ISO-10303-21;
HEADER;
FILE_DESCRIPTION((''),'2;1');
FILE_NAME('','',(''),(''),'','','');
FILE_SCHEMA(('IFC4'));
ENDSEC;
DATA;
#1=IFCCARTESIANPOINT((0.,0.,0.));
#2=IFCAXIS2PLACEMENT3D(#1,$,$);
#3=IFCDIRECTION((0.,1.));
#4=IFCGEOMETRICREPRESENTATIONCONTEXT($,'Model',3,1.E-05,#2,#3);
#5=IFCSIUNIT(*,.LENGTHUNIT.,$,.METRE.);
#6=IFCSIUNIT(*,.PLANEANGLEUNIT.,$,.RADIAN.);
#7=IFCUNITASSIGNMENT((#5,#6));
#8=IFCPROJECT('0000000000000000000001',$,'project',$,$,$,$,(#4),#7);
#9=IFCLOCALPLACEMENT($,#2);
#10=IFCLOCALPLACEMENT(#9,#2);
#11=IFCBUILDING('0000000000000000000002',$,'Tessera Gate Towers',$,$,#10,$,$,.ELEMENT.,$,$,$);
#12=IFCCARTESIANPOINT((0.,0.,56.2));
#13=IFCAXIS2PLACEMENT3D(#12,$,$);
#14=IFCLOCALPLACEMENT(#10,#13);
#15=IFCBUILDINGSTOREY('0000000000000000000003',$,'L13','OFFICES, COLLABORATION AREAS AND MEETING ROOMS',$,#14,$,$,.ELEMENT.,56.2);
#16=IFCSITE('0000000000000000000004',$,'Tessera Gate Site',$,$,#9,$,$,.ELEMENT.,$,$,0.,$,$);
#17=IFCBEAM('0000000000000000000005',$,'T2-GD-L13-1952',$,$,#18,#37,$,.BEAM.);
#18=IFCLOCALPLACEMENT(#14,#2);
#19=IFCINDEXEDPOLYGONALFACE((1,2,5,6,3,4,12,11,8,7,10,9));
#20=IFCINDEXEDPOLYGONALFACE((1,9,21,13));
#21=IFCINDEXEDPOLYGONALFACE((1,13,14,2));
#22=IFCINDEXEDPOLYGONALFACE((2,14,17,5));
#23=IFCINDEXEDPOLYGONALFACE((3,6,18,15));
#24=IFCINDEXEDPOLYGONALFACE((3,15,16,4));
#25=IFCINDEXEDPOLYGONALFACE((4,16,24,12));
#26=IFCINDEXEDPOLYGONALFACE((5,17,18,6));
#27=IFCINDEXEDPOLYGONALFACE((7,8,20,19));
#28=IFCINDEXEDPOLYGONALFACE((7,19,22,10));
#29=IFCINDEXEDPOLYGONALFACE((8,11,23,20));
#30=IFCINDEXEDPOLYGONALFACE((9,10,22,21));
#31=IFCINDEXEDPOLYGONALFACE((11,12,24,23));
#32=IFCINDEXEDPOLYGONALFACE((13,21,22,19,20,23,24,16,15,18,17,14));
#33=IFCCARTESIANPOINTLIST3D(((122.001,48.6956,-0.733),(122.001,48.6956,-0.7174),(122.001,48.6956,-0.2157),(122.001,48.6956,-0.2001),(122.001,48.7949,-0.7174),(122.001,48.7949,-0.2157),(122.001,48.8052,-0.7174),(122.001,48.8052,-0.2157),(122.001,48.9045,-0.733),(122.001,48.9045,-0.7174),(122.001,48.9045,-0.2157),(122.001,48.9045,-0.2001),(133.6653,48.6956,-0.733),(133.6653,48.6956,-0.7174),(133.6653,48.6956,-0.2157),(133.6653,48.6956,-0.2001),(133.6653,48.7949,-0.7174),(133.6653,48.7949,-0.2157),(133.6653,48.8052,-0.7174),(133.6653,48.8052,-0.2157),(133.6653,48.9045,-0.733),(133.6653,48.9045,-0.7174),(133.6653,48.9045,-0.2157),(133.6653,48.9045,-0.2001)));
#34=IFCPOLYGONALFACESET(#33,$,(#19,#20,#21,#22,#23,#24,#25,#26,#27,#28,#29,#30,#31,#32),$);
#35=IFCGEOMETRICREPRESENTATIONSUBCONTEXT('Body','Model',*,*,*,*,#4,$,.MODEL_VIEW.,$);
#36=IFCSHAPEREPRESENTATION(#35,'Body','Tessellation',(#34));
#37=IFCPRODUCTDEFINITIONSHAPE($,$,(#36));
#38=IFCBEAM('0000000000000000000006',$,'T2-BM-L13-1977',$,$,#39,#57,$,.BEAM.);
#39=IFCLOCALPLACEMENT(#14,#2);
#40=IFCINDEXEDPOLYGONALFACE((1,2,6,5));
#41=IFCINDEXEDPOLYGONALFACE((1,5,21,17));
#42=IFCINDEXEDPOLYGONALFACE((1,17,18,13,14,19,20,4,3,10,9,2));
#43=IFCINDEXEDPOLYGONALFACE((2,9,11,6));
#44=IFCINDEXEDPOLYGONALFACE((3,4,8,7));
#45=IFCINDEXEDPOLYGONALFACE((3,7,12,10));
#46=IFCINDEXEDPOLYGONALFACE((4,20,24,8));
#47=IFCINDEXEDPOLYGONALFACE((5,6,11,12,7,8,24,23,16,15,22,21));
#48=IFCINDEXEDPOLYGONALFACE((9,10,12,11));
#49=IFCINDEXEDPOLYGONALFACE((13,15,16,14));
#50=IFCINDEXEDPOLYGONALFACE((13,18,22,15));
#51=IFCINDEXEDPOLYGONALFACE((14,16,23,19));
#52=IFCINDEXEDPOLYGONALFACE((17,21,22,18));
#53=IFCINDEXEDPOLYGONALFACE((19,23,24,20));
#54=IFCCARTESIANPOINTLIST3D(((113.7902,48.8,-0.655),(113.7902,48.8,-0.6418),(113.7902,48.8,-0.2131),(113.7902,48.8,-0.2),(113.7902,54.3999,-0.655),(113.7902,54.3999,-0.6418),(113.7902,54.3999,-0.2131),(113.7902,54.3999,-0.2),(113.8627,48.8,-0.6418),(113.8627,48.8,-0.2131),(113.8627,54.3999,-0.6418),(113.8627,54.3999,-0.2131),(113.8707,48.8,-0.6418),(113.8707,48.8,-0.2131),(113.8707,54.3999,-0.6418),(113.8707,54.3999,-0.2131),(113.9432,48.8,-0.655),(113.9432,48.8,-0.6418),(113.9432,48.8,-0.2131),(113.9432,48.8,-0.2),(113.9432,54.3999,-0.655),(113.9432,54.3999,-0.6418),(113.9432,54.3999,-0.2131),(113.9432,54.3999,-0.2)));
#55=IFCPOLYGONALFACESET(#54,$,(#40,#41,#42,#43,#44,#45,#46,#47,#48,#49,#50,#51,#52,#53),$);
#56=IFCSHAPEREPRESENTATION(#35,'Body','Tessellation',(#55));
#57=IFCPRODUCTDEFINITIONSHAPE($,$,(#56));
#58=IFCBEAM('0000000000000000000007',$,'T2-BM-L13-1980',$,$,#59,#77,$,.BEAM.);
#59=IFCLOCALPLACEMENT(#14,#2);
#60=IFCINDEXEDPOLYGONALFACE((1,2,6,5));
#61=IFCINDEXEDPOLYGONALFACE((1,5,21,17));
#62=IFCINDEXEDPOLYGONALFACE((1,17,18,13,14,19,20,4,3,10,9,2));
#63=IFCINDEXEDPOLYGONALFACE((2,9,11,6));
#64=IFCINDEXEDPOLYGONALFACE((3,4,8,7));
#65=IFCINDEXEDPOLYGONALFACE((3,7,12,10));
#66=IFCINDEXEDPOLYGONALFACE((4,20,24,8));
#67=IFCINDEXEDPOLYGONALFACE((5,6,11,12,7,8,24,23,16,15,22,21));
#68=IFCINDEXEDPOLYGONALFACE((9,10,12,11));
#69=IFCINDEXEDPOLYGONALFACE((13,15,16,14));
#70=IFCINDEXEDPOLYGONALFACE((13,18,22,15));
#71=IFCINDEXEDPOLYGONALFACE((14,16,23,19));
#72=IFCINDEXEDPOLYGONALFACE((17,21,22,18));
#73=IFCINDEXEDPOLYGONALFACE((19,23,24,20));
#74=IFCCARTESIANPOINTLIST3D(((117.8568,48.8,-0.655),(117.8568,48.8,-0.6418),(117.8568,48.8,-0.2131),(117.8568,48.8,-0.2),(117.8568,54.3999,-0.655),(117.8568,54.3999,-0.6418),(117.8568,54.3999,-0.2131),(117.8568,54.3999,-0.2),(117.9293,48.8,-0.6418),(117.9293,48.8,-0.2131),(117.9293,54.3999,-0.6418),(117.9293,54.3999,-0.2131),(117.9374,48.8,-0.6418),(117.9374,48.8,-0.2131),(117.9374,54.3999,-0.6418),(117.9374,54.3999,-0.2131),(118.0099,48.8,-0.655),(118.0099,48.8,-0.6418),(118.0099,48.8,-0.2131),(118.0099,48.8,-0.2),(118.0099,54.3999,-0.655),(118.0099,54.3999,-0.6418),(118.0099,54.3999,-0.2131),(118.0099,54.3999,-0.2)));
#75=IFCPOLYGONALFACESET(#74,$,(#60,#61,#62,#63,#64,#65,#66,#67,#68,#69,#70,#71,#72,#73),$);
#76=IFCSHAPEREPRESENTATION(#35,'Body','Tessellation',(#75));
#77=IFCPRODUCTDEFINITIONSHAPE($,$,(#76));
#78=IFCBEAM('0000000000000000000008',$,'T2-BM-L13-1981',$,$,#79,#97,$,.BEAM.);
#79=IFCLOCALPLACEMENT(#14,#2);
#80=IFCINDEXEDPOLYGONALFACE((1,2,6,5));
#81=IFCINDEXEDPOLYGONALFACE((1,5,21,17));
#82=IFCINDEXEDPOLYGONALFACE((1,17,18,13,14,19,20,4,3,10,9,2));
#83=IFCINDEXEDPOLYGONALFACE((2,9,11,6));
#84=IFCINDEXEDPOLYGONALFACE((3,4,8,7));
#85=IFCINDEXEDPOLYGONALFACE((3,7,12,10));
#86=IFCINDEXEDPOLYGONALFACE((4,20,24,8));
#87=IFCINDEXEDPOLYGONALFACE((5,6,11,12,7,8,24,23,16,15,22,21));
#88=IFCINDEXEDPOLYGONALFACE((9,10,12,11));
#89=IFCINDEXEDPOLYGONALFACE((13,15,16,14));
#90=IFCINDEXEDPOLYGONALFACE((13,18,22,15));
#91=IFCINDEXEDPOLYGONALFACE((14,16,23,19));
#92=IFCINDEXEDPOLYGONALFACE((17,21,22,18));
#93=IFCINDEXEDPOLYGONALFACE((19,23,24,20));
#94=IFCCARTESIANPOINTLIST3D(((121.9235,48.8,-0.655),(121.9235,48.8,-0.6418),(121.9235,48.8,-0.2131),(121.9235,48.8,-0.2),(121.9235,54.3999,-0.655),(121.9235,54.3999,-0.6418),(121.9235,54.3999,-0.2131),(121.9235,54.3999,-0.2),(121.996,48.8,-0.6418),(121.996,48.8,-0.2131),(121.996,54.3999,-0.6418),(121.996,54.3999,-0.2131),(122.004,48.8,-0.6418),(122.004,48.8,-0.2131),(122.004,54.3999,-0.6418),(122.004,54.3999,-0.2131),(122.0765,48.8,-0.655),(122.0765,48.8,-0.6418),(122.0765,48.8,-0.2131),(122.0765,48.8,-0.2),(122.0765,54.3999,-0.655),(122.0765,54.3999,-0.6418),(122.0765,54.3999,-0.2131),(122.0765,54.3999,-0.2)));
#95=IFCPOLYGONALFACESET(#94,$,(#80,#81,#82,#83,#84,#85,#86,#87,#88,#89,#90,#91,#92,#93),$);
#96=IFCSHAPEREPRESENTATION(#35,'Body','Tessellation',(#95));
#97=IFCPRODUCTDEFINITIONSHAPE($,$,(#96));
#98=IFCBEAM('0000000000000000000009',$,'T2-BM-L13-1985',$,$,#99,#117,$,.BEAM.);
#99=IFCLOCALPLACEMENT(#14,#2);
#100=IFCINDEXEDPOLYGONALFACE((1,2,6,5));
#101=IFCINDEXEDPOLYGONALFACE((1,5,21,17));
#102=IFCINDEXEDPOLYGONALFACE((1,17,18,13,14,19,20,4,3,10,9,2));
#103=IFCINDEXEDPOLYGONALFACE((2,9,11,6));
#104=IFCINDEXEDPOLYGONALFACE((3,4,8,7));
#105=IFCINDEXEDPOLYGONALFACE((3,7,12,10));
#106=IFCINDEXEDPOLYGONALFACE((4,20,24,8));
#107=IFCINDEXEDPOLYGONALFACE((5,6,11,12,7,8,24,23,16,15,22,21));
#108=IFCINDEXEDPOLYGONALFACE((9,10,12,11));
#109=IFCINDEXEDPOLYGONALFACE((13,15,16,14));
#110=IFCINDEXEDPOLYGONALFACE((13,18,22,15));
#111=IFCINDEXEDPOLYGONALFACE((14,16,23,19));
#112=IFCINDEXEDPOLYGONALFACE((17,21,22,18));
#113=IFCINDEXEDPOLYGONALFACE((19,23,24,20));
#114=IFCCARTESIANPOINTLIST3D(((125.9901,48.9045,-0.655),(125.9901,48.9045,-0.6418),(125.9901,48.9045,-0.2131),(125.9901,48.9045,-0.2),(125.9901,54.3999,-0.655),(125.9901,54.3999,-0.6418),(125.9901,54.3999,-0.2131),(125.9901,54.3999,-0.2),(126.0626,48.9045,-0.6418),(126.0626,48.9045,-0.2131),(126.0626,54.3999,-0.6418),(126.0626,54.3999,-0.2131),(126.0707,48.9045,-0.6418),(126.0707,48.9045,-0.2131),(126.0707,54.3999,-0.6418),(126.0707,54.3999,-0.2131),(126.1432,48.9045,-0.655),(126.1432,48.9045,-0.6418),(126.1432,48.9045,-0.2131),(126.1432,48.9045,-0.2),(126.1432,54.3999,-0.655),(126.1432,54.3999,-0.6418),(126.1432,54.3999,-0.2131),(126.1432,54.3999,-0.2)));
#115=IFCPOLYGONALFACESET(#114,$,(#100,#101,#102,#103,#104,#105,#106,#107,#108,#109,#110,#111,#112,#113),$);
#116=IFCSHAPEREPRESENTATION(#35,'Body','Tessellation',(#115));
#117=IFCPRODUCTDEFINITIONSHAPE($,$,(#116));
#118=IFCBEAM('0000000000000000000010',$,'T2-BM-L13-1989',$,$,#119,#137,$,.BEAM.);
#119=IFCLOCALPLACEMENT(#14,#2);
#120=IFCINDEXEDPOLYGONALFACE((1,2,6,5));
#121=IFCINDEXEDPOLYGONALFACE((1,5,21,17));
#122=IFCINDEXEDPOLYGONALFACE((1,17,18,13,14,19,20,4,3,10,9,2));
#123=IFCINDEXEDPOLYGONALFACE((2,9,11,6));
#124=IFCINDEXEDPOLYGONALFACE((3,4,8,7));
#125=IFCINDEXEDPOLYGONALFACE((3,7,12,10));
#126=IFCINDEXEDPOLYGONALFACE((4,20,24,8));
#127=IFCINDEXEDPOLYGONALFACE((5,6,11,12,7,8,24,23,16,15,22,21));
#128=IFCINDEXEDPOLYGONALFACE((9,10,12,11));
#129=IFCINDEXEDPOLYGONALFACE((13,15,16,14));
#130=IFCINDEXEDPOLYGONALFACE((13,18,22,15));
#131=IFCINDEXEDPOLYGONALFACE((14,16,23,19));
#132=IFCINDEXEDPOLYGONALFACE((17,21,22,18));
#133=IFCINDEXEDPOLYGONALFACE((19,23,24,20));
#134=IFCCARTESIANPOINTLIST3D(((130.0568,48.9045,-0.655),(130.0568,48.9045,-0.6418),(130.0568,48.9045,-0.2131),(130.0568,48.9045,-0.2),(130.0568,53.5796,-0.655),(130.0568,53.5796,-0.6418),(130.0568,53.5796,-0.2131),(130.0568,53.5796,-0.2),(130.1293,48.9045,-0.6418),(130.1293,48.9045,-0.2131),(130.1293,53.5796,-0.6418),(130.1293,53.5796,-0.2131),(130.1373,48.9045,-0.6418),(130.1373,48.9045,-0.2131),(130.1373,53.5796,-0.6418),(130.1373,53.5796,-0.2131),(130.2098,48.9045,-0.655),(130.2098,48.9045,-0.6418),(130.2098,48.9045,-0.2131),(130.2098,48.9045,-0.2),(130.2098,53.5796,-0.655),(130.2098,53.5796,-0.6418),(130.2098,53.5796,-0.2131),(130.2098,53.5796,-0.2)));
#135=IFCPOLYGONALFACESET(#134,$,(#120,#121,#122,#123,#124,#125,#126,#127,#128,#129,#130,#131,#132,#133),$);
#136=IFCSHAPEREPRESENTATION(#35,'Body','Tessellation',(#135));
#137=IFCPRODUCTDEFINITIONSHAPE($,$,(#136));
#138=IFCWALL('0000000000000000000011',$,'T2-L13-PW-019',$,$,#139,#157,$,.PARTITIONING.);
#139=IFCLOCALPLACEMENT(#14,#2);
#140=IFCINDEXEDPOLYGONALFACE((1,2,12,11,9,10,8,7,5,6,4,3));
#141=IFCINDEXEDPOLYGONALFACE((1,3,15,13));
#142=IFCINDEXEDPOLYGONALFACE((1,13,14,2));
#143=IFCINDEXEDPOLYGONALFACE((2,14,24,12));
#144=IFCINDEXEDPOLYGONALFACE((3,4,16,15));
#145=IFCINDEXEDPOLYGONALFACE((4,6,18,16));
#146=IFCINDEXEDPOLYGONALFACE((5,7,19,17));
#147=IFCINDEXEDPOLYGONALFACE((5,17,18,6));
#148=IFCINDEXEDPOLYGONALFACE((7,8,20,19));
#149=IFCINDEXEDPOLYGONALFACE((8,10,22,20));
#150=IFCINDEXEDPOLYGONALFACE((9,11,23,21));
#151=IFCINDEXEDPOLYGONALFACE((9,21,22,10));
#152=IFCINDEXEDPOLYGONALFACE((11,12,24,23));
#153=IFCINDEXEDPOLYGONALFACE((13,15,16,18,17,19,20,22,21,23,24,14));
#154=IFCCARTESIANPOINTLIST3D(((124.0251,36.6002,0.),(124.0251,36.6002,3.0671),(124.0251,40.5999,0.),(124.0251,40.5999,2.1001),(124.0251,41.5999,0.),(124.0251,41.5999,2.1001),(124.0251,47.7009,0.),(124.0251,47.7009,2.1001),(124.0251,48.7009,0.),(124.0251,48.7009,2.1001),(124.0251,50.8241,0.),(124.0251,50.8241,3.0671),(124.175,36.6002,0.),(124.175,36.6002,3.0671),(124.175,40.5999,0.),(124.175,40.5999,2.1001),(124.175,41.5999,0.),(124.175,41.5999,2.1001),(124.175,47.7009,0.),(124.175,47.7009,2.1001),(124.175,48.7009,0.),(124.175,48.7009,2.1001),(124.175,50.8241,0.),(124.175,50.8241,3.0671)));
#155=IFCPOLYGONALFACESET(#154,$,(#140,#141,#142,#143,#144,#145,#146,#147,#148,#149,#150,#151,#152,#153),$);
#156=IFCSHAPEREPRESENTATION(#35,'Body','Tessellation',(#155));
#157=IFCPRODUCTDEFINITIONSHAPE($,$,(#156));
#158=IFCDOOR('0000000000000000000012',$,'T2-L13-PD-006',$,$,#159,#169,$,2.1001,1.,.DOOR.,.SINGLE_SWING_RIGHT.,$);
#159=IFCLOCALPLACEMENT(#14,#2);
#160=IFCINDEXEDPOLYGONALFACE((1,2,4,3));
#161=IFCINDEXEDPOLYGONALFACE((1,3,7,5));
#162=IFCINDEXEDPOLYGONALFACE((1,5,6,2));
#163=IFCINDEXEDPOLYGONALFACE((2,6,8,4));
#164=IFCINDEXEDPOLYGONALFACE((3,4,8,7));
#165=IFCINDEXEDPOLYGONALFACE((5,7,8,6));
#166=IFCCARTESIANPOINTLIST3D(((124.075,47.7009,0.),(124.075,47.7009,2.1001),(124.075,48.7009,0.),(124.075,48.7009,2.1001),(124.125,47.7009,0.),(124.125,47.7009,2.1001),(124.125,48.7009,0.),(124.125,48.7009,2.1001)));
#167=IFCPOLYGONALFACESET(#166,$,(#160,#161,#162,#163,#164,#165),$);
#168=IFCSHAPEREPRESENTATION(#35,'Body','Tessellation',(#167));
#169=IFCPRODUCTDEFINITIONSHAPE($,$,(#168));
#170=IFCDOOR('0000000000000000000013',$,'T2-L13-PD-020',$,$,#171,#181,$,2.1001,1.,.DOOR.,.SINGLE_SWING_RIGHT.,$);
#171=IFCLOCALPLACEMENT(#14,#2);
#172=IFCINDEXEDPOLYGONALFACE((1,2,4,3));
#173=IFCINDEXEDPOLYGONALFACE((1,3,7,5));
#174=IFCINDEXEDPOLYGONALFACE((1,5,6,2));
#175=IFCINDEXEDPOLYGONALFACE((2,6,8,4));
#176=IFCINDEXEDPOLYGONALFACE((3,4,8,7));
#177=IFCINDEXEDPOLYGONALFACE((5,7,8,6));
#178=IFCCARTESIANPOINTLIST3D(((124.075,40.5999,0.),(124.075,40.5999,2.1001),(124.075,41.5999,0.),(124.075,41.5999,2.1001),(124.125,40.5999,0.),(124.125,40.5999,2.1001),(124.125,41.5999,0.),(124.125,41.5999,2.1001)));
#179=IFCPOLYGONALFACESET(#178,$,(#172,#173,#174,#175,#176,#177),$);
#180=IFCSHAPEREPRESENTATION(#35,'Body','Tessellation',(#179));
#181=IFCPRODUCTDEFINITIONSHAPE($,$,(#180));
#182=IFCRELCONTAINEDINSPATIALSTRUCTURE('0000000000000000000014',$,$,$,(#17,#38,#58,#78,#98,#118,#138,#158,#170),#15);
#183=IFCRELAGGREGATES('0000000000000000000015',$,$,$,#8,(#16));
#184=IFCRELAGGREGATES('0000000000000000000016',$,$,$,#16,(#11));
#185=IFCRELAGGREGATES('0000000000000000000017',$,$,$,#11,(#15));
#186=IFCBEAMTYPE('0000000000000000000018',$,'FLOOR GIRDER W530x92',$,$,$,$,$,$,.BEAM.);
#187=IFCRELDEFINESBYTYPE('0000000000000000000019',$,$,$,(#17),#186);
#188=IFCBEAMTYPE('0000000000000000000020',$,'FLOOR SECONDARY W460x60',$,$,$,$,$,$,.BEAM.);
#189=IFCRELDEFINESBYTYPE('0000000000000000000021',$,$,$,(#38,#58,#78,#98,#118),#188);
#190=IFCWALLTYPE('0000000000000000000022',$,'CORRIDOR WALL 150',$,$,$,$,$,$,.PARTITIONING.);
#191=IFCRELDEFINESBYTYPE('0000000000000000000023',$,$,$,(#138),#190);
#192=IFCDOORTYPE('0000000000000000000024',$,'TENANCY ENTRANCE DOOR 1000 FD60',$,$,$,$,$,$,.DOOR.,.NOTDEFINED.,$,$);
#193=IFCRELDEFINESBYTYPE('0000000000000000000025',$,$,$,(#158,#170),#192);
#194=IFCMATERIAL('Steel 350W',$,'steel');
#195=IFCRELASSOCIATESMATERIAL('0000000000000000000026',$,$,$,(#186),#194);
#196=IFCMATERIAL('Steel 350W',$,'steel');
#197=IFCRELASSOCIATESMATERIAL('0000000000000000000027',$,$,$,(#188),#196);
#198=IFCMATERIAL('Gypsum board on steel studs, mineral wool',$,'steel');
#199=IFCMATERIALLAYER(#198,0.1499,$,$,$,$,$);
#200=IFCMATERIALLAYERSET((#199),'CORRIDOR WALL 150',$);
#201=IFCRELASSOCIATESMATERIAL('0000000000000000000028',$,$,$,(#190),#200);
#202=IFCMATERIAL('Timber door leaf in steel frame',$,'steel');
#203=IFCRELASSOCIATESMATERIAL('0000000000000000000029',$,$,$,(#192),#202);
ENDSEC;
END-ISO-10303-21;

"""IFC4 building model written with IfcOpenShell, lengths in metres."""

from ifc_helpers import new_model, si_unit, direction, frame, frame_2d, origin, origin_2d, place, context, subcontext, project, spatial, rectangle, i_section, extrude, source, transform, mapped, material, layer, layer_set, material_profile, profile_set, type_object, element, fill, save


model = new_model("IFC4")

# Units and contexts
model_context = context("Model", 3, precision=1e-05, world=origin(), true_north=direction((0.0, 1.0)))
body_context = subcontext(model_context, "Body", "Model", "MODEL_VIEW")
ifc_project = project(units=[si_unit("LENGTHUNIT", "METRE"), si_unit("PLANEANGLEUNIT", "RADIAN")], contexts=[model_context])

# Site, building, storey
site_placement = place(None, origin())
site = spatial("IfcSite", under=ifc_project, at=site_placement, Name="Tessera Gate Site", CompositionType="ELEMENT", RefElevation=0.0)
building_placement = place(site_placement, origin())
building = spatial("IfcBuilding", under=site, at=building_placement, Name="Tessera Gate Towers", CompositionType="ELEMENT")
storey_placement = place(building_placement, frame((0.0, 0.0, 56.2)))
storey = spatial("IfcBuildingStorey", under=building, at=storey_placement, Name="L13", Description="OFFICES, COLLABORATION AREAS AND MEETING ROOMS", CompositionType="ELEMENT", Elevation=56.2)

# Beams
ifc_material_1 = material(Name="Steel 350W", Category="steel")
ifc_material_profile_1 = material_profile(ifc_material_1, i_section(OverallWidth=0.209, OverallDepth=0.533, WebThickness=0.0103, FlangeThickness=0.0156, at=origin_2d()), Name="W530x92")
ifc_profile_set_1 = profile_set([ifc_material_profile_1], Name="Steel 350W")
beam_type_1 = type_object("IfcBeamType", Name="FLOOR GIRDER W530x92", PredefinedType="BEAM", material=ifc_profile_set_1)
beam_1_placement = place(storey_placement, frame((122.001, 48.8, -0.4666), z_axis=(1.0, 0.0, 0.0), x_axis=(0.0, 1.0, 0.0)))
element("IfcBeam", 1, at=beam_1_placement, inside=storey, type_object=beam_type_1, Name="T2-GD-L13-1952", PredefinedType="BEAM", context=body_context, shape_type="SweptSolid", body=[
    extrude(i_section(OverallWidth=0.209, OverallDepth=0.533, WebThickness=0.0103, FlangeThickness=0.0156, at=origin_2d()), origin(), (0.0, 0.0, 1.0), 11.6643),
])
ifc_material_2 = material(Name="Steel 350W", Category="steel")
ifc_material_profile_2 = material_profile(ifc_material_2, i_section(OverallWidth=0.1531, OverallDepth=0.4551, WebThickness=0.0081, FlangeThickness=0.0132, at=origin_2d()), Name="W460x60")
ifc_profile_set_2 = profile_set([ifc_material_profile_2], Name="Steel 350W")
beam_type_2 = type_object("IfcBeamType", Name="FLOOR SECONDARY W460x60", PredefinedType="BEAM", material=ifc_profile_set_2)
for number, where, z_axis, x_axis, name in (
    (2, (113.8667, 48.8, -0.4275), (0.0, 1.0, 0.0), (-1.0, 0.0, 0.0), "T2-BM-L13-1977"),
    (3, (117.9333, 48.8, -0.4275), (0.0, 1.0, 0.0), (-1.0, 0.0, 0.0), "T2-BM-L13-1980"),
    (4, (122.0, 48.8, -0.4275), (0.0, 1.0, 0.0), (-1.0, 0.0, 0.0), "T2-BM-L13-1981"),
):
    element("IfcBeam", number, at=place(storey_placement, frame(where, z_axis=z_axis, x_axis=x_axis)), inside=storey, type_object=beam_type_2, Name=name, PredefinedType="BEAM", context=body_context, shape_type="SweptSolid", body=[
        extrude(i_section(OverallWidth=0.1531, OverallDepth=0.4551, WebThickness=0.0081, FlangeThickness=0.0132, at=origin_2d()), origin(), (0.0, 0.0, 1.0), 5.5999),
    ])
beam_2_placement = place(storey_placement, frame((126.0667, 48.9045, -0.4275), z_axis=(0.0, 1.0, 0.0), x_axis=(-1.0, 0.0, 0.0)))
element("IfcBeam", 5, at=beam_2_placement, inside=storey, type_object=beam_type_2, Name="T2-BM-L13-1985", PredefinedType="BEAM", context=body_context, shape_type="SweptSolid", body=[
    extrude(i_section(OverallWidth=0.1531, OverallDepth=0.4551, WebThickness=0.0081, FlangeThickness=0.0132, at=origin_2d()), origin(), (0.0, 0.0, 1.0), 5.4954),
])
beam_3_placement = place(storey_placement, frame((130.1333, 48.9045, -0.4275), z_axis=(0.0, 1.0, 0.0), x_axis=(-1.0, 0.0, 0.0)))
element("IfcBeam", 6, at=beam_3_placement, inside=storey, type_object=beam_type_2, Name="T2-BM-L13-1989", PredefinedType="BEAM", context=body_context, shape_type="SweptSolid", body=[
    extrude(i_section(OverallWidth=0.1531, OverallDepth=0.4551, WebThickness=0.0081, FlangeThickness=0.0132, at=origin_2d()), origin(), (0.0, 0.0, 1.0), 4.675),
])

# Wall, openings, doors
ifc_material_3 = material(Name="Gypsum board on steel studs, mineral wool", Category="steel")
ifc_layer_1 = layer(ifc_material_3, 0.1499)
ifc_layer_set_1 = layer_set([ifc_layer_1], Name="CORRIDOR WALL 150")
wall_type_1 = type_object("IfcWallType", Name="CORRIDOR WALL 150", PredefinedType="PARTITIONING", material=ifc_layer_set_1)
wall_1_placement = place(storey_placement, frame((124.1001, 50.824, 0.0), z_axis=(0.0, 0.0, 1.0), x_axis=(0.0, -1.0, 0.0)))
wall_1 = element("IfcWall", 7, at=wall_1_placement, inside=storey, type_object=wall_type_1, Name="T2-L13-PW-019", PredefinedType="PARTITIONING", context=body_context, shape_type="SweptSolid", body=[
    extrude(rectangle(XDim=14.2239, YDim=0.1499, at=frame_2d((7.1118, 0.0))), origin(), (0.0, 0.0, 1.0), 3.0671),
])
shared_shape_1 = source(origin(), body_context, "Body", "SweptSolid", [
    extrude(rectangle(XDim=1.0, YDim=2.1001, at=frame_2d((0.5, 1.05))), frame((0.0, 0.085, 0.0), z_axis=(0.0, -1.0, 0.0), x_axis=(1.0, 0.0, 0.0)), (0.0, 0.0, 1.0), 0.1699),
])
opening_1_placement = place(wall_1_placement, frame((2.123, 0.0, 0.0)))
opening_1 = element("IfcOpeningElement", 8, at=opening_1_placement, cuts=wall_1, PredefinedType="OPENING", context=body_context, shape_type="MappedRepresentation", body=[
    mapped(shared_shape_1, transform((0.0, 0.0, 0.0), scale=1.0)),
])
opening_2_placement = place(wall_1_placement, frame((9.2241, 0.0, 0.0)))
opening_2 = element("IfcOpeningElement", 9, at=opening_2_placement, cuts=wall_1, PredefinedType="OPENING", context=body_context, shape_type="MappedRepresentation", body=[
    mapped(shared_shape_1, transform((0.0, 0.0, 0.0), scale=1.0)),
])
ifc_material_4 = material(Name="Timber door leaf in steel frame", Category="steel")
door_type_1 = type_object("IfcDoorType", Name="TENANCY ENTRANCE DOOR 1000 FD60", OperationType="NOTDEFINED", PredefinedType="DOOR", material=ifc_material_4)
shared_shape_2 = source(origin(), body_context, "Body", "SweptSolid", [
    extrude(rectangle(XDim=1.0, YDim=2.1001, at=frame_2d((0.5, 1.05))), frame((0.0, 0.0249, 0.0), z_axis=(0.0, -1.0, 0.0), x_axis=(1.0, 0.0, 0.0)), (0.0, 0.0, 1.0), 0.05),
])
door_1_placement = place(opening_1_placement, origin())
door_1 = element("IfcDoor", 10, at=door_1_placement, inside=storey, type_object=door_type_1, Name="T2-L13-PD-006", OperationType="SINGLE_SWING_RIGHT", OverallHeight=2.1001, OverallWidth=1.0, PredefinedType="DOOR", context=body_context, shape_type="MappedRepresentation", body=[
    mapped(shared_shape_2, transform((0.0, 0.0, 0.0), scale=1.0)),
])
fill(opening_1, door_1)
door_2_placement = place(opening_2_placement, origin())
door_2 = element("IfcDoor", 11, at=door_2_placement, inside=storey, type_object=door_type_1, Name="T2-L13-PD-020", OperationType="SINGLE_SWING_RIGHT", OverallHeight=2.1001, OverallWidth=1.0, PredefinedType="DOOR", context=body_context, shape_type="MappedRepresentation", body=[
    mapped(shared_shape_2, transform((0.0, 0.0, 0.0), scale=1.0)),
])
fill(opening_2, door_2)

save(model, "model.ifc")
